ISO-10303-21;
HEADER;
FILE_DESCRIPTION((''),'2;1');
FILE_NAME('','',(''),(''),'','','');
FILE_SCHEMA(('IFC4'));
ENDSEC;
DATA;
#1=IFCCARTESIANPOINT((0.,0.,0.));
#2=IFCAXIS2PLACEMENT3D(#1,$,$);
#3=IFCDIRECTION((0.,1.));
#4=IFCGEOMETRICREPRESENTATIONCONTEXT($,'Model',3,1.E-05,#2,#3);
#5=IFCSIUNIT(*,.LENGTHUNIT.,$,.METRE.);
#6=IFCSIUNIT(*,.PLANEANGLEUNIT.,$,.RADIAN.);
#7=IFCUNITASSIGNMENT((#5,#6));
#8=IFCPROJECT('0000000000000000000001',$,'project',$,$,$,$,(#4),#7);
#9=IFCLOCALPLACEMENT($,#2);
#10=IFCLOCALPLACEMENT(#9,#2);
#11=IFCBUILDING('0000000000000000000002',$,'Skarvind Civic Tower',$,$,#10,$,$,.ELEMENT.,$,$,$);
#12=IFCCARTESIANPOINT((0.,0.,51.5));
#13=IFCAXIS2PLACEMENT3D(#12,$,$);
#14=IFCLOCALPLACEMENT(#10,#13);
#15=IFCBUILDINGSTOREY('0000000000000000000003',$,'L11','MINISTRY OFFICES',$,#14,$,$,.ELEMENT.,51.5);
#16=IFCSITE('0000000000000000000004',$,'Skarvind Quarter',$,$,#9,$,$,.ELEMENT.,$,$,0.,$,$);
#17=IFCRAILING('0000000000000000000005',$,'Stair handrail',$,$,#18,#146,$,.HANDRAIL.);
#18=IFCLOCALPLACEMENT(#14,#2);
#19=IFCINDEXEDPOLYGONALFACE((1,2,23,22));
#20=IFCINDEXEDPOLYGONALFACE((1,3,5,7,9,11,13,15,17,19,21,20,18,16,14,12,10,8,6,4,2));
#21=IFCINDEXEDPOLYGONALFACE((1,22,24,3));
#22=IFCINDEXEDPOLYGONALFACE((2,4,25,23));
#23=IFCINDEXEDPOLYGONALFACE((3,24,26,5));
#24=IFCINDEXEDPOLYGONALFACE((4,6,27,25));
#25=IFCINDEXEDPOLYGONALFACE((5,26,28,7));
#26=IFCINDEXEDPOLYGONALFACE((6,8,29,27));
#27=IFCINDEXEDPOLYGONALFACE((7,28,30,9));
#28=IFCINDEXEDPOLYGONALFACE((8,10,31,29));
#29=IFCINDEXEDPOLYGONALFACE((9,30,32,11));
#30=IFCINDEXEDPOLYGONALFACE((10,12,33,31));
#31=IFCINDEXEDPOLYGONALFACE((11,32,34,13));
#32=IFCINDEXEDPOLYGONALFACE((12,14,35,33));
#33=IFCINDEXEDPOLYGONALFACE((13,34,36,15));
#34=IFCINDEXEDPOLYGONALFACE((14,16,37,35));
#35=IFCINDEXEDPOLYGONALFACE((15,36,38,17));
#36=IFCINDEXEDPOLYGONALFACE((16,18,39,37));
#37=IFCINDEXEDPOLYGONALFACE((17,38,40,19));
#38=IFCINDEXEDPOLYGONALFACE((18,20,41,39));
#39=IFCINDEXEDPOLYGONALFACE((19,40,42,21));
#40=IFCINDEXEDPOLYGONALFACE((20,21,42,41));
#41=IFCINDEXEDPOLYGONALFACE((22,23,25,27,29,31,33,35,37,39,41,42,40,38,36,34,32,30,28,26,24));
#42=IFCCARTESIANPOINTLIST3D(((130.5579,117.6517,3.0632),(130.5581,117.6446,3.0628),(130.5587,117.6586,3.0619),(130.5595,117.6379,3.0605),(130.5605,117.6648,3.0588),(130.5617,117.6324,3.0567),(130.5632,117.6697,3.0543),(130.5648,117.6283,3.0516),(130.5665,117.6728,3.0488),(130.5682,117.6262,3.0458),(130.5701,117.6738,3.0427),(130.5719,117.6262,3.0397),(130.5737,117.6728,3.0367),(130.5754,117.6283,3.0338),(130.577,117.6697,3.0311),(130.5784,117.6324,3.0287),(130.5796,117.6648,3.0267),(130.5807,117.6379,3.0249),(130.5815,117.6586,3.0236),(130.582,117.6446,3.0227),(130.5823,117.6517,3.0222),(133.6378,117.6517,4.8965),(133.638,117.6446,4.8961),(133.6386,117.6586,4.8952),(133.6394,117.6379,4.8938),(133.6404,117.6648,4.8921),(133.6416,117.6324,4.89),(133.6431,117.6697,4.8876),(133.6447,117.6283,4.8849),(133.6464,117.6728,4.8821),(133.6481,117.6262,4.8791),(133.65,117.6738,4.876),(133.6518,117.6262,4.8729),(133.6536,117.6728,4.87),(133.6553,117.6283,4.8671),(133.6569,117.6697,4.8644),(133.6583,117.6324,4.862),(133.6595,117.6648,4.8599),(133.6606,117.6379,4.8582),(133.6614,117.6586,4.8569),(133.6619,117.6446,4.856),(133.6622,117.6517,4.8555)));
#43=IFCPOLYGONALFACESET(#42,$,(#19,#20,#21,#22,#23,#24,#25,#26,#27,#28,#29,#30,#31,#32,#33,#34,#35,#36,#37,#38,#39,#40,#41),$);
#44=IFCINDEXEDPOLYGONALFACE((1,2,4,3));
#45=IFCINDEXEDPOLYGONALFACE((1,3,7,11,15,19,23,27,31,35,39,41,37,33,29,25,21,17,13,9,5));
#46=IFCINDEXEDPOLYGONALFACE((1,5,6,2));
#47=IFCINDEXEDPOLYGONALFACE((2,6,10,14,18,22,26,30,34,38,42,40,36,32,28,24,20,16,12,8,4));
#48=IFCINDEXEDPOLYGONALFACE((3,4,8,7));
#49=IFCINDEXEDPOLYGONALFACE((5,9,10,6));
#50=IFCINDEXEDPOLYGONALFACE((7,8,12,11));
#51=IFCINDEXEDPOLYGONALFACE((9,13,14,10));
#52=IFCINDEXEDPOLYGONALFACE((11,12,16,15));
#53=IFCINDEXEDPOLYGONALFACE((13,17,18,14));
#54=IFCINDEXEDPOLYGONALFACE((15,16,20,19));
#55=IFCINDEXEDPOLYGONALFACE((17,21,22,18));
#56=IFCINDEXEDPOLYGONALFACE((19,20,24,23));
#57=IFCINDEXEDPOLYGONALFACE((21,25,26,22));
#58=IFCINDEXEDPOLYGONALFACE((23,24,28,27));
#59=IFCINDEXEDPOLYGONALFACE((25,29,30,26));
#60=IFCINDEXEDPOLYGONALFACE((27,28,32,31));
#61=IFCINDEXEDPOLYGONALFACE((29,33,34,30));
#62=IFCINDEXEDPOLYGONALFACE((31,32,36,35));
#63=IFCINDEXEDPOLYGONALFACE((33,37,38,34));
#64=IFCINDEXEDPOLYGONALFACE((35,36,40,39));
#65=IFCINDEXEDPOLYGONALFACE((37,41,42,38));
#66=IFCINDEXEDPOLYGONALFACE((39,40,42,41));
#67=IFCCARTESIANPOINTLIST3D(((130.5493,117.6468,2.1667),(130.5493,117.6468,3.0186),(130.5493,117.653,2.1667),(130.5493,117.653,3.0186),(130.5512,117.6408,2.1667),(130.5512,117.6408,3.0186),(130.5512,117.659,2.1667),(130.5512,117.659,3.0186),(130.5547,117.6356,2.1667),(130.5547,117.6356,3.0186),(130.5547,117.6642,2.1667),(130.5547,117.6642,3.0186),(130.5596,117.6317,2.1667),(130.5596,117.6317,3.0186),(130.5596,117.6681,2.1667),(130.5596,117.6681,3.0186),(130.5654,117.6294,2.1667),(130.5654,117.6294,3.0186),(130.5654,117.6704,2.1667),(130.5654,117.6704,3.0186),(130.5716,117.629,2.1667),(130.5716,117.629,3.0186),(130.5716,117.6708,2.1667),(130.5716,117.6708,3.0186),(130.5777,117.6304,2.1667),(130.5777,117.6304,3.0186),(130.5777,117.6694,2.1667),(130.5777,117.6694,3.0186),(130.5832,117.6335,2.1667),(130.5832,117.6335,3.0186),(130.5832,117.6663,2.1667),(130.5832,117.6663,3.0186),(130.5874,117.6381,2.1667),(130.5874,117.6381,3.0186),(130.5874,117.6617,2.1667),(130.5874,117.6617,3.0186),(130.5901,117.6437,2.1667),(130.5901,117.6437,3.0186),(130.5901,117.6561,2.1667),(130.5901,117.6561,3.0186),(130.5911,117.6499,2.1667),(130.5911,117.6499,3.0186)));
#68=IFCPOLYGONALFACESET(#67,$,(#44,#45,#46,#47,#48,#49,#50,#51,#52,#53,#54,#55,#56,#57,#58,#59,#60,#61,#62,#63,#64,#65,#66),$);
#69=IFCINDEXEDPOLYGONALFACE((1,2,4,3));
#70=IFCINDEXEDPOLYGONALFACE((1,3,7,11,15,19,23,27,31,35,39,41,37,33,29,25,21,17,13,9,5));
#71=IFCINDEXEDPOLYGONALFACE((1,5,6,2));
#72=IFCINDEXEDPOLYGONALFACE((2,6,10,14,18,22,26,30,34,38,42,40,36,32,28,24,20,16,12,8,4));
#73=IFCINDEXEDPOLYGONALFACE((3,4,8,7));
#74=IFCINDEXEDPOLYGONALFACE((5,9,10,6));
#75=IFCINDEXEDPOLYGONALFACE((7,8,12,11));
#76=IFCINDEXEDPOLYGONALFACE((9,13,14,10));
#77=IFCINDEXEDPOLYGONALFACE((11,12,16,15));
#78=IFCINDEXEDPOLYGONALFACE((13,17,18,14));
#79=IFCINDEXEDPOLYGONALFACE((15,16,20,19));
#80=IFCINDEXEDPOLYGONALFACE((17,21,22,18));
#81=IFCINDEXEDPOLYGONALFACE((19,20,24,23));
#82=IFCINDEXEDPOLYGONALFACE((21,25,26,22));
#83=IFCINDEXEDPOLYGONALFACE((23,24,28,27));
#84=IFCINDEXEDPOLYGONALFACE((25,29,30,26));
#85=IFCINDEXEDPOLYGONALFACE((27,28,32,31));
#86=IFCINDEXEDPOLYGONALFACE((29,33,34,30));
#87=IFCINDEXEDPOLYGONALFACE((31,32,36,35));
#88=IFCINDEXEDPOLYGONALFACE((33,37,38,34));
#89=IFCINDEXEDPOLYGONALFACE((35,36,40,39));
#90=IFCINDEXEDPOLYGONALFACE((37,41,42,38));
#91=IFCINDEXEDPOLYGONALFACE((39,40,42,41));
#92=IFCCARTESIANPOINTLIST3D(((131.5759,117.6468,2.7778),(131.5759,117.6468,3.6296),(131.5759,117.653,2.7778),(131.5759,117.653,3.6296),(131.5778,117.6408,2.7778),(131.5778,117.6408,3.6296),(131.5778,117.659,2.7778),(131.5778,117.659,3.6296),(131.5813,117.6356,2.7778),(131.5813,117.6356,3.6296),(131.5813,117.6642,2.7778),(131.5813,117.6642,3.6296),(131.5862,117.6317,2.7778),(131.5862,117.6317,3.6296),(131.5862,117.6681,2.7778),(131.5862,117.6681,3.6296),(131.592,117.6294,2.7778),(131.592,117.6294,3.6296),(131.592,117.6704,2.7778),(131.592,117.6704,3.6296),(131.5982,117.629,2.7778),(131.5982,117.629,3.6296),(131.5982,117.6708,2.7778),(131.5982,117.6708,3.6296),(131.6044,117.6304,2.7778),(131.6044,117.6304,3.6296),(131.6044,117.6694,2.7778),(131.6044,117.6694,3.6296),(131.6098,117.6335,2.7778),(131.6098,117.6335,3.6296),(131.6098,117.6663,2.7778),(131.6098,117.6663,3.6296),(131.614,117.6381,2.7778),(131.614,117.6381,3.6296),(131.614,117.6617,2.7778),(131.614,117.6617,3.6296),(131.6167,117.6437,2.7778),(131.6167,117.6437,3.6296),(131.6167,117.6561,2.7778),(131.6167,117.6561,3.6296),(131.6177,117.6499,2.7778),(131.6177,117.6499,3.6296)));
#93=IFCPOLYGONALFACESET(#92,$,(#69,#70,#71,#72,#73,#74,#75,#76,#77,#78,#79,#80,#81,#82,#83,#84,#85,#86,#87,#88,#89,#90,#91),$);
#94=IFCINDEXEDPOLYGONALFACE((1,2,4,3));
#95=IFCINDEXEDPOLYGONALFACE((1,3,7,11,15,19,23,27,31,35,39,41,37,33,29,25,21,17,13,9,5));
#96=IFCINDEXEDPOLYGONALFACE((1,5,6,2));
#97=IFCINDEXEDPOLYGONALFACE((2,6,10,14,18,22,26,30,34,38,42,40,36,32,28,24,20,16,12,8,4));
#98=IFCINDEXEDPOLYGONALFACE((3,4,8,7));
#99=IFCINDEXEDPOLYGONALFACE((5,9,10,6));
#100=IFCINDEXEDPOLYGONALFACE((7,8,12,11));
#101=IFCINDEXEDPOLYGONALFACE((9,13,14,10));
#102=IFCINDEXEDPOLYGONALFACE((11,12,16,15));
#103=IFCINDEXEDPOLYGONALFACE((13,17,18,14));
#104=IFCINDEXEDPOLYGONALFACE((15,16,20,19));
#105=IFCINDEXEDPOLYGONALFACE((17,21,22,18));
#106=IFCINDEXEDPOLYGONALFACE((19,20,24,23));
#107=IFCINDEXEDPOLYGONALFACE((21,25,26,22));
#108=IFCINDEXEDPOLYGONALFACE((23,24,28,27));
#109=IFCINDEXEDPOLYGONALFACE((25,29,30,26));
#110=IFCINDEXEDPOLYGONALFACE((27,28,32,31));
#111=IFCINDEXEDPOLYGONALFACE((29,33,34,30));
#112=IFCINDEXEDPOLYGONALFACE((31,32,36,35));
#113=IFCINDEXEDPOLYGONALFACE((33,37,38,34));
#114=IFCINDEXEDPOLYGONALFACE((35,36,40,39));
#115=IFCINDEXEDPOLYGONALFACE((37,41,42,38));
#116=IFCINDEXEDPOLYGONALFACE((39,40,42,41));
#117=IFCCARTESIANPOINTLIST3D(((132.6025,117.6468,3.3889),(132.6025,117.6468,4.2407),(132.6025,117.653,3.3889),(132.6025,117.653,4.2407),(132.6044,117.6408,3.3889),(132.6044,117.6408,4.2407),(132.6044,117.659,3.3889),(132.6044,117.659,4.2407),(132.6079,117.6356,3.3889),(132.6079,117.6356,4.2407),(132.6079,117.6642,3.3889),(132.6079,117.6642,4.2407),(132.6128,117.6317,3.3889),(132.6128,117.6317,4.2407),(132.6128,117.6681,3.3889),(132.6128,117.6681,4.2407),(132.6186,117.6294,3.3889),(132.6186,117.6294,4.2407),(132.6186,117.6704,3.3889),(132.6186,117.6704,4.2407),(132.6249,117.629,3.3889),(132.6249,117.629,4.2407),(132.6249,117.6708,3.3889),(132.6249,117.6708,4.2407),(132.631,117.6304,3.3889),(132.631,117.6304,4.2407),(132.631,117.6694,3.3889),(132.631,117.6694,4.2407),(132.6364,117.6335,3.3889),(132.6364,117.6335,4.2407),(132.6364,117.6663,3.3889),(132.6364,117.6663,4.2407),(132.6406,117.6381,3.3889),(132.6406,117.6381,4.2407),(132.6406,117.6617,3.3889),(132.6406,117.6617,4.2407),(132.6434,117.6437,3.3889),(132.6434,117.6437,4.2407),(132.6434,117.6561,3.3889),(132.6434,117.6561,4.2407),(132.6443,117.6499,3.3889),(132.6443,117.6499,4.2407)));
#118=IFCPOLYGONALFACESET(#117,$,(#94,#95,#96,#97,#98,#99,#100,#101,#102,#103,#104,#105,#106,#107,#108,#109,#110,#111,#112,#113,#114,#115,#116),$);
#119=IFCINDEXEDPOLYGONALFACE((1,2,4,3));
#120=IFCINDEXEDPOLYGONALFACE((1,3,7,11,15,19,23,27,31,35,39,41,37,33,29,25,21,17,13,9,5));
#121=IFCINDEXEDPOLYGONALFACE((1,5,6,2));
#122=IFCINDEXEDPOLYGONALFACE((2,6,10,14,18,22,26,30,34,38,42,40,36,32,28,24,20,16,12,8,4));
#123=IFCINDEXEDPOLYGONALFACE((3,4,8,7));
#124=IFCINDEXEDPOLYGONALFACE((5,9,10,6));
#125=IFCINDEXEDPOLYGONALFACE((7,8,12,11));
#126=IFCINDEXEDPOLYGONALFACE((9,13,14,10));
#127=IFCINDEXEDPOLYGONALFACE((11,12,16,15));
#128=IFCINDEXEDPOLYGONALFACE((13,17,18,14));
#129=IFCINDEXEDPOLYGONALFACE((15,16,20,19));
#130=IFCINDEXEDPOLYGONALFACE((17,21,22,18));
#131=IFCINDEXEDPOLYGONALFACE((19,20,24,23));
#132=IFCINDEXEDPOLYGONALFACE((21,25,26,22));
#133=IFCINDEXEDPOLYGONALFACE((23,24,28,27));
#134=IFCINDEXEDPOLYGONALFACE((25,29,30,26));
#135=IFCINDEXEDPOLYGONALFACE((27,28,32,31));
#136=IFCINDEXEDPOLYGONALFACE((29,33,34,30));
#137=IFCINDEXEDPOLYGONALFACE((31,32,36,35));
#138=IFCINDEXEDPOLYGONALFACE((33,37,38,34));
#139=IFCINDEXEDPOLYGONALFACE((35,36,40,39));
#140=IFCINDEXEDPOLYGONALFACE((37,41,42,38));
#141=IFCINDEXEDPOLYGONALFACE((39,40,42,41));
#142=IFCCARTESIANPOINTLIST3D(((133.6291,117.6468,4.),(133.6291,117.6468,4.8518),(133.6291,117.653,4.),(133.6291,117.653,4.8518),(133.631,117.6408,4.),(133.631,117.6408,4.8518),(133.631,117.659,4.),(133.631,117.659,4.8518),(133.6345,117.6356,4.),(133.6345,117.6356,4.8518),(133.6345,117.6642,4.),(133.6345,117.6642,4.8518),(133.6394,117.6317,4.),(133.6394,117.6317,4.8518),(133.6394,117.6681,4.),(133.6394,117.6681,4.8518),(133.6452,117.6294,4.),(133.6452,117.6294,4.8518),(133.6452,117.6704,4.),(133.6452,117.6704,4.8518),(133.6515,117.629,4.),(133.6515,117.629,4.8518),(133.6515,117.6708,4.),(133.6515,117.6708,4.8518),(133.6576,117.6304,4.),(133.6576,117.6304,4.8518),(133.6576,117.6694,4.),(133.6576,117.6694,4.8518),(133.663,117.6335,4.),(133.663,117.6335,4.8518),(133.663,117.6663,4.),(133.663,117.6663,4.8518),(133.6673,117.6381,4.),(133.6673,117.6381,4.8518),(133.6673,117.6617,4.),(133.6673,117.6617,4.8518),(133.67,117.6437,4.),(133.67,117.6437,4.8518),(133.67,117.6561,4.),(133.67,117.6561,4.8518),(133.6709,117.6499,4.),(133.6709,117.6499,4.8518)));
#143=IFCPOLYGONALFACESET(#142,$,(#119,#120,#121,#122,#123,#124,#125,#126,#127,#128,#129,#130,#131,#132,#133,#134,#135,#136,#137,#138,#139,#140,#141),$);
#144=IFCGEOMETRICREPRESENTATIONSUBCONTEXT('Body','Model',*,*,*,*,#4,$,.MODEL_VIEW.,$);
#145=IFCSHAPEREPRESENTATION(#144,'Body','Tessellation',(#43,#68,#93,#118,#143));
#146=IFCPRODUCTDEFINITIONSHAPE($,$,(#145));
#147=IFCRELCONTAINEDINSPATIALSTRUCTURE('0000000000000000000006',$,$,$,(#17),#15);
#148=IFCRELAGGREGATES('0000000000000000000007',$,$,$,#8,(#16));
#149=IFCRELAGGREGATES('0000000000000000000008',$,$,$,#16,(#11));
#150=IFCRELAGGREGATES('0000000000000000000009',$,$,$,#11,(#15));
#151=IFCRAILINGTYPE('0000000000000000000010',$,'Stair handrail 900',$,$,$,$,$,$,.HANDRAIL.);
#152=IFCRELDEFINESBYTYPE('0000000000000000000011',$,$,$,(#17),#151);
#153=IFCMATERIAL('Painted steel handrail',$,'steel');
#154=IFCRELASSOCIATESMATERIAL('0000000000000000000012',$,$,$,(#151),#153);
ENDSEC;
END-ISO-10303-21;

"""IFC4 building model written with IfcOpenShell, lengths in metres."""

from ifc_helpers import new_model, si_unit, direction, frame, origin, origin_2d, place, context, subcontext, project, spatial, circle, extrude, material, type_object, element, save


model = new_model("IFC4")

# Units and contexts
model_context = context("Model", 3, precision=1e-05, world=origin(), true_north=direction((0.0, 1.0)))
body_context = subcontext(model_context, "Body", "Model", "MODEL_VIEW")
ifc_project = project(units=[si_unit("LENGTHUNIT", "METRE"), si_unit("PLANEANGLEUNIT", "RADIAN")], contexts=[model_context])

# Site, building, storey
site_placement = place(None, origin())
site = spatial("IfcSite", under=ifc_project, at=site_placement, Name="Skarvind Quarter", CompositionType="ELEMENT", RefElevation=0.0)
building_placement = place(site_placement, origin())
building = spatial("IfcBuilding", under=site, at=building_placement, Name="Skarvind Civic Tower", CompositionType="ELEMENT")
storey_placement = place(building_placement, frame((0.0, 0.0, 51.5)))
storey = spatial("IfcBuildingStorey", under=building, at=storey_placement, Name="L11", Description="MINISTRY OFFICES", CompositionType="ELEMENT", Elevation=51.5)

# Railing
ifc_material_1 = material(Name="Painted steel handrail", Category="steel")
railing_type = type_object("IfcRailingType", Name="Stair handrail 900", PredefinedType="HANDRAIL", material=ifc_material_1)
railing_1_placement = place(storey_placement, frame((130.5701, 117.6499, 2.1667)))
element("IfcRailing", 1, at=railing_1_placement, inside=storey, type_object=railing_type, Name="Stair handrail", PredefinedType="HANDRAIL", context=body_context, shape_type="SweptSolid", body=[
    extrude(circle(Radius=0.0239, at=origin_2d()), frame((0.0, 0.0, 0.876), z_axis=(0.859291, 0.0, 0.511487), x_axis=(0.0, 1.0, 0.0)), (0.0, 0.0, 1.0), 3.5842),
    extrude(circle(Radius=0.021, at=origin_2d()), origin(), (0.0, 0.0, 1.0), 0.8518),
    extrude(circle(Radius=0.021, at=origin_2d()), frame((1.0266, 0.0, 0.6111)), (0.0, 0.0, 1.0), 0.8518),
    extrude(circle(Radius=0.021, at=origin_2d()), frame((2.0532, 0.0, 1.2222)), (0.0, 0.0, 1.0), 0.8518),
    extrude(circle(Radius=0.021, at=origin_2d()), frame((3.0798, 0.0, 1.8333)), (0.0, 0.0, 1.0), 0.8518),
])

save(model, "model.ifc")
